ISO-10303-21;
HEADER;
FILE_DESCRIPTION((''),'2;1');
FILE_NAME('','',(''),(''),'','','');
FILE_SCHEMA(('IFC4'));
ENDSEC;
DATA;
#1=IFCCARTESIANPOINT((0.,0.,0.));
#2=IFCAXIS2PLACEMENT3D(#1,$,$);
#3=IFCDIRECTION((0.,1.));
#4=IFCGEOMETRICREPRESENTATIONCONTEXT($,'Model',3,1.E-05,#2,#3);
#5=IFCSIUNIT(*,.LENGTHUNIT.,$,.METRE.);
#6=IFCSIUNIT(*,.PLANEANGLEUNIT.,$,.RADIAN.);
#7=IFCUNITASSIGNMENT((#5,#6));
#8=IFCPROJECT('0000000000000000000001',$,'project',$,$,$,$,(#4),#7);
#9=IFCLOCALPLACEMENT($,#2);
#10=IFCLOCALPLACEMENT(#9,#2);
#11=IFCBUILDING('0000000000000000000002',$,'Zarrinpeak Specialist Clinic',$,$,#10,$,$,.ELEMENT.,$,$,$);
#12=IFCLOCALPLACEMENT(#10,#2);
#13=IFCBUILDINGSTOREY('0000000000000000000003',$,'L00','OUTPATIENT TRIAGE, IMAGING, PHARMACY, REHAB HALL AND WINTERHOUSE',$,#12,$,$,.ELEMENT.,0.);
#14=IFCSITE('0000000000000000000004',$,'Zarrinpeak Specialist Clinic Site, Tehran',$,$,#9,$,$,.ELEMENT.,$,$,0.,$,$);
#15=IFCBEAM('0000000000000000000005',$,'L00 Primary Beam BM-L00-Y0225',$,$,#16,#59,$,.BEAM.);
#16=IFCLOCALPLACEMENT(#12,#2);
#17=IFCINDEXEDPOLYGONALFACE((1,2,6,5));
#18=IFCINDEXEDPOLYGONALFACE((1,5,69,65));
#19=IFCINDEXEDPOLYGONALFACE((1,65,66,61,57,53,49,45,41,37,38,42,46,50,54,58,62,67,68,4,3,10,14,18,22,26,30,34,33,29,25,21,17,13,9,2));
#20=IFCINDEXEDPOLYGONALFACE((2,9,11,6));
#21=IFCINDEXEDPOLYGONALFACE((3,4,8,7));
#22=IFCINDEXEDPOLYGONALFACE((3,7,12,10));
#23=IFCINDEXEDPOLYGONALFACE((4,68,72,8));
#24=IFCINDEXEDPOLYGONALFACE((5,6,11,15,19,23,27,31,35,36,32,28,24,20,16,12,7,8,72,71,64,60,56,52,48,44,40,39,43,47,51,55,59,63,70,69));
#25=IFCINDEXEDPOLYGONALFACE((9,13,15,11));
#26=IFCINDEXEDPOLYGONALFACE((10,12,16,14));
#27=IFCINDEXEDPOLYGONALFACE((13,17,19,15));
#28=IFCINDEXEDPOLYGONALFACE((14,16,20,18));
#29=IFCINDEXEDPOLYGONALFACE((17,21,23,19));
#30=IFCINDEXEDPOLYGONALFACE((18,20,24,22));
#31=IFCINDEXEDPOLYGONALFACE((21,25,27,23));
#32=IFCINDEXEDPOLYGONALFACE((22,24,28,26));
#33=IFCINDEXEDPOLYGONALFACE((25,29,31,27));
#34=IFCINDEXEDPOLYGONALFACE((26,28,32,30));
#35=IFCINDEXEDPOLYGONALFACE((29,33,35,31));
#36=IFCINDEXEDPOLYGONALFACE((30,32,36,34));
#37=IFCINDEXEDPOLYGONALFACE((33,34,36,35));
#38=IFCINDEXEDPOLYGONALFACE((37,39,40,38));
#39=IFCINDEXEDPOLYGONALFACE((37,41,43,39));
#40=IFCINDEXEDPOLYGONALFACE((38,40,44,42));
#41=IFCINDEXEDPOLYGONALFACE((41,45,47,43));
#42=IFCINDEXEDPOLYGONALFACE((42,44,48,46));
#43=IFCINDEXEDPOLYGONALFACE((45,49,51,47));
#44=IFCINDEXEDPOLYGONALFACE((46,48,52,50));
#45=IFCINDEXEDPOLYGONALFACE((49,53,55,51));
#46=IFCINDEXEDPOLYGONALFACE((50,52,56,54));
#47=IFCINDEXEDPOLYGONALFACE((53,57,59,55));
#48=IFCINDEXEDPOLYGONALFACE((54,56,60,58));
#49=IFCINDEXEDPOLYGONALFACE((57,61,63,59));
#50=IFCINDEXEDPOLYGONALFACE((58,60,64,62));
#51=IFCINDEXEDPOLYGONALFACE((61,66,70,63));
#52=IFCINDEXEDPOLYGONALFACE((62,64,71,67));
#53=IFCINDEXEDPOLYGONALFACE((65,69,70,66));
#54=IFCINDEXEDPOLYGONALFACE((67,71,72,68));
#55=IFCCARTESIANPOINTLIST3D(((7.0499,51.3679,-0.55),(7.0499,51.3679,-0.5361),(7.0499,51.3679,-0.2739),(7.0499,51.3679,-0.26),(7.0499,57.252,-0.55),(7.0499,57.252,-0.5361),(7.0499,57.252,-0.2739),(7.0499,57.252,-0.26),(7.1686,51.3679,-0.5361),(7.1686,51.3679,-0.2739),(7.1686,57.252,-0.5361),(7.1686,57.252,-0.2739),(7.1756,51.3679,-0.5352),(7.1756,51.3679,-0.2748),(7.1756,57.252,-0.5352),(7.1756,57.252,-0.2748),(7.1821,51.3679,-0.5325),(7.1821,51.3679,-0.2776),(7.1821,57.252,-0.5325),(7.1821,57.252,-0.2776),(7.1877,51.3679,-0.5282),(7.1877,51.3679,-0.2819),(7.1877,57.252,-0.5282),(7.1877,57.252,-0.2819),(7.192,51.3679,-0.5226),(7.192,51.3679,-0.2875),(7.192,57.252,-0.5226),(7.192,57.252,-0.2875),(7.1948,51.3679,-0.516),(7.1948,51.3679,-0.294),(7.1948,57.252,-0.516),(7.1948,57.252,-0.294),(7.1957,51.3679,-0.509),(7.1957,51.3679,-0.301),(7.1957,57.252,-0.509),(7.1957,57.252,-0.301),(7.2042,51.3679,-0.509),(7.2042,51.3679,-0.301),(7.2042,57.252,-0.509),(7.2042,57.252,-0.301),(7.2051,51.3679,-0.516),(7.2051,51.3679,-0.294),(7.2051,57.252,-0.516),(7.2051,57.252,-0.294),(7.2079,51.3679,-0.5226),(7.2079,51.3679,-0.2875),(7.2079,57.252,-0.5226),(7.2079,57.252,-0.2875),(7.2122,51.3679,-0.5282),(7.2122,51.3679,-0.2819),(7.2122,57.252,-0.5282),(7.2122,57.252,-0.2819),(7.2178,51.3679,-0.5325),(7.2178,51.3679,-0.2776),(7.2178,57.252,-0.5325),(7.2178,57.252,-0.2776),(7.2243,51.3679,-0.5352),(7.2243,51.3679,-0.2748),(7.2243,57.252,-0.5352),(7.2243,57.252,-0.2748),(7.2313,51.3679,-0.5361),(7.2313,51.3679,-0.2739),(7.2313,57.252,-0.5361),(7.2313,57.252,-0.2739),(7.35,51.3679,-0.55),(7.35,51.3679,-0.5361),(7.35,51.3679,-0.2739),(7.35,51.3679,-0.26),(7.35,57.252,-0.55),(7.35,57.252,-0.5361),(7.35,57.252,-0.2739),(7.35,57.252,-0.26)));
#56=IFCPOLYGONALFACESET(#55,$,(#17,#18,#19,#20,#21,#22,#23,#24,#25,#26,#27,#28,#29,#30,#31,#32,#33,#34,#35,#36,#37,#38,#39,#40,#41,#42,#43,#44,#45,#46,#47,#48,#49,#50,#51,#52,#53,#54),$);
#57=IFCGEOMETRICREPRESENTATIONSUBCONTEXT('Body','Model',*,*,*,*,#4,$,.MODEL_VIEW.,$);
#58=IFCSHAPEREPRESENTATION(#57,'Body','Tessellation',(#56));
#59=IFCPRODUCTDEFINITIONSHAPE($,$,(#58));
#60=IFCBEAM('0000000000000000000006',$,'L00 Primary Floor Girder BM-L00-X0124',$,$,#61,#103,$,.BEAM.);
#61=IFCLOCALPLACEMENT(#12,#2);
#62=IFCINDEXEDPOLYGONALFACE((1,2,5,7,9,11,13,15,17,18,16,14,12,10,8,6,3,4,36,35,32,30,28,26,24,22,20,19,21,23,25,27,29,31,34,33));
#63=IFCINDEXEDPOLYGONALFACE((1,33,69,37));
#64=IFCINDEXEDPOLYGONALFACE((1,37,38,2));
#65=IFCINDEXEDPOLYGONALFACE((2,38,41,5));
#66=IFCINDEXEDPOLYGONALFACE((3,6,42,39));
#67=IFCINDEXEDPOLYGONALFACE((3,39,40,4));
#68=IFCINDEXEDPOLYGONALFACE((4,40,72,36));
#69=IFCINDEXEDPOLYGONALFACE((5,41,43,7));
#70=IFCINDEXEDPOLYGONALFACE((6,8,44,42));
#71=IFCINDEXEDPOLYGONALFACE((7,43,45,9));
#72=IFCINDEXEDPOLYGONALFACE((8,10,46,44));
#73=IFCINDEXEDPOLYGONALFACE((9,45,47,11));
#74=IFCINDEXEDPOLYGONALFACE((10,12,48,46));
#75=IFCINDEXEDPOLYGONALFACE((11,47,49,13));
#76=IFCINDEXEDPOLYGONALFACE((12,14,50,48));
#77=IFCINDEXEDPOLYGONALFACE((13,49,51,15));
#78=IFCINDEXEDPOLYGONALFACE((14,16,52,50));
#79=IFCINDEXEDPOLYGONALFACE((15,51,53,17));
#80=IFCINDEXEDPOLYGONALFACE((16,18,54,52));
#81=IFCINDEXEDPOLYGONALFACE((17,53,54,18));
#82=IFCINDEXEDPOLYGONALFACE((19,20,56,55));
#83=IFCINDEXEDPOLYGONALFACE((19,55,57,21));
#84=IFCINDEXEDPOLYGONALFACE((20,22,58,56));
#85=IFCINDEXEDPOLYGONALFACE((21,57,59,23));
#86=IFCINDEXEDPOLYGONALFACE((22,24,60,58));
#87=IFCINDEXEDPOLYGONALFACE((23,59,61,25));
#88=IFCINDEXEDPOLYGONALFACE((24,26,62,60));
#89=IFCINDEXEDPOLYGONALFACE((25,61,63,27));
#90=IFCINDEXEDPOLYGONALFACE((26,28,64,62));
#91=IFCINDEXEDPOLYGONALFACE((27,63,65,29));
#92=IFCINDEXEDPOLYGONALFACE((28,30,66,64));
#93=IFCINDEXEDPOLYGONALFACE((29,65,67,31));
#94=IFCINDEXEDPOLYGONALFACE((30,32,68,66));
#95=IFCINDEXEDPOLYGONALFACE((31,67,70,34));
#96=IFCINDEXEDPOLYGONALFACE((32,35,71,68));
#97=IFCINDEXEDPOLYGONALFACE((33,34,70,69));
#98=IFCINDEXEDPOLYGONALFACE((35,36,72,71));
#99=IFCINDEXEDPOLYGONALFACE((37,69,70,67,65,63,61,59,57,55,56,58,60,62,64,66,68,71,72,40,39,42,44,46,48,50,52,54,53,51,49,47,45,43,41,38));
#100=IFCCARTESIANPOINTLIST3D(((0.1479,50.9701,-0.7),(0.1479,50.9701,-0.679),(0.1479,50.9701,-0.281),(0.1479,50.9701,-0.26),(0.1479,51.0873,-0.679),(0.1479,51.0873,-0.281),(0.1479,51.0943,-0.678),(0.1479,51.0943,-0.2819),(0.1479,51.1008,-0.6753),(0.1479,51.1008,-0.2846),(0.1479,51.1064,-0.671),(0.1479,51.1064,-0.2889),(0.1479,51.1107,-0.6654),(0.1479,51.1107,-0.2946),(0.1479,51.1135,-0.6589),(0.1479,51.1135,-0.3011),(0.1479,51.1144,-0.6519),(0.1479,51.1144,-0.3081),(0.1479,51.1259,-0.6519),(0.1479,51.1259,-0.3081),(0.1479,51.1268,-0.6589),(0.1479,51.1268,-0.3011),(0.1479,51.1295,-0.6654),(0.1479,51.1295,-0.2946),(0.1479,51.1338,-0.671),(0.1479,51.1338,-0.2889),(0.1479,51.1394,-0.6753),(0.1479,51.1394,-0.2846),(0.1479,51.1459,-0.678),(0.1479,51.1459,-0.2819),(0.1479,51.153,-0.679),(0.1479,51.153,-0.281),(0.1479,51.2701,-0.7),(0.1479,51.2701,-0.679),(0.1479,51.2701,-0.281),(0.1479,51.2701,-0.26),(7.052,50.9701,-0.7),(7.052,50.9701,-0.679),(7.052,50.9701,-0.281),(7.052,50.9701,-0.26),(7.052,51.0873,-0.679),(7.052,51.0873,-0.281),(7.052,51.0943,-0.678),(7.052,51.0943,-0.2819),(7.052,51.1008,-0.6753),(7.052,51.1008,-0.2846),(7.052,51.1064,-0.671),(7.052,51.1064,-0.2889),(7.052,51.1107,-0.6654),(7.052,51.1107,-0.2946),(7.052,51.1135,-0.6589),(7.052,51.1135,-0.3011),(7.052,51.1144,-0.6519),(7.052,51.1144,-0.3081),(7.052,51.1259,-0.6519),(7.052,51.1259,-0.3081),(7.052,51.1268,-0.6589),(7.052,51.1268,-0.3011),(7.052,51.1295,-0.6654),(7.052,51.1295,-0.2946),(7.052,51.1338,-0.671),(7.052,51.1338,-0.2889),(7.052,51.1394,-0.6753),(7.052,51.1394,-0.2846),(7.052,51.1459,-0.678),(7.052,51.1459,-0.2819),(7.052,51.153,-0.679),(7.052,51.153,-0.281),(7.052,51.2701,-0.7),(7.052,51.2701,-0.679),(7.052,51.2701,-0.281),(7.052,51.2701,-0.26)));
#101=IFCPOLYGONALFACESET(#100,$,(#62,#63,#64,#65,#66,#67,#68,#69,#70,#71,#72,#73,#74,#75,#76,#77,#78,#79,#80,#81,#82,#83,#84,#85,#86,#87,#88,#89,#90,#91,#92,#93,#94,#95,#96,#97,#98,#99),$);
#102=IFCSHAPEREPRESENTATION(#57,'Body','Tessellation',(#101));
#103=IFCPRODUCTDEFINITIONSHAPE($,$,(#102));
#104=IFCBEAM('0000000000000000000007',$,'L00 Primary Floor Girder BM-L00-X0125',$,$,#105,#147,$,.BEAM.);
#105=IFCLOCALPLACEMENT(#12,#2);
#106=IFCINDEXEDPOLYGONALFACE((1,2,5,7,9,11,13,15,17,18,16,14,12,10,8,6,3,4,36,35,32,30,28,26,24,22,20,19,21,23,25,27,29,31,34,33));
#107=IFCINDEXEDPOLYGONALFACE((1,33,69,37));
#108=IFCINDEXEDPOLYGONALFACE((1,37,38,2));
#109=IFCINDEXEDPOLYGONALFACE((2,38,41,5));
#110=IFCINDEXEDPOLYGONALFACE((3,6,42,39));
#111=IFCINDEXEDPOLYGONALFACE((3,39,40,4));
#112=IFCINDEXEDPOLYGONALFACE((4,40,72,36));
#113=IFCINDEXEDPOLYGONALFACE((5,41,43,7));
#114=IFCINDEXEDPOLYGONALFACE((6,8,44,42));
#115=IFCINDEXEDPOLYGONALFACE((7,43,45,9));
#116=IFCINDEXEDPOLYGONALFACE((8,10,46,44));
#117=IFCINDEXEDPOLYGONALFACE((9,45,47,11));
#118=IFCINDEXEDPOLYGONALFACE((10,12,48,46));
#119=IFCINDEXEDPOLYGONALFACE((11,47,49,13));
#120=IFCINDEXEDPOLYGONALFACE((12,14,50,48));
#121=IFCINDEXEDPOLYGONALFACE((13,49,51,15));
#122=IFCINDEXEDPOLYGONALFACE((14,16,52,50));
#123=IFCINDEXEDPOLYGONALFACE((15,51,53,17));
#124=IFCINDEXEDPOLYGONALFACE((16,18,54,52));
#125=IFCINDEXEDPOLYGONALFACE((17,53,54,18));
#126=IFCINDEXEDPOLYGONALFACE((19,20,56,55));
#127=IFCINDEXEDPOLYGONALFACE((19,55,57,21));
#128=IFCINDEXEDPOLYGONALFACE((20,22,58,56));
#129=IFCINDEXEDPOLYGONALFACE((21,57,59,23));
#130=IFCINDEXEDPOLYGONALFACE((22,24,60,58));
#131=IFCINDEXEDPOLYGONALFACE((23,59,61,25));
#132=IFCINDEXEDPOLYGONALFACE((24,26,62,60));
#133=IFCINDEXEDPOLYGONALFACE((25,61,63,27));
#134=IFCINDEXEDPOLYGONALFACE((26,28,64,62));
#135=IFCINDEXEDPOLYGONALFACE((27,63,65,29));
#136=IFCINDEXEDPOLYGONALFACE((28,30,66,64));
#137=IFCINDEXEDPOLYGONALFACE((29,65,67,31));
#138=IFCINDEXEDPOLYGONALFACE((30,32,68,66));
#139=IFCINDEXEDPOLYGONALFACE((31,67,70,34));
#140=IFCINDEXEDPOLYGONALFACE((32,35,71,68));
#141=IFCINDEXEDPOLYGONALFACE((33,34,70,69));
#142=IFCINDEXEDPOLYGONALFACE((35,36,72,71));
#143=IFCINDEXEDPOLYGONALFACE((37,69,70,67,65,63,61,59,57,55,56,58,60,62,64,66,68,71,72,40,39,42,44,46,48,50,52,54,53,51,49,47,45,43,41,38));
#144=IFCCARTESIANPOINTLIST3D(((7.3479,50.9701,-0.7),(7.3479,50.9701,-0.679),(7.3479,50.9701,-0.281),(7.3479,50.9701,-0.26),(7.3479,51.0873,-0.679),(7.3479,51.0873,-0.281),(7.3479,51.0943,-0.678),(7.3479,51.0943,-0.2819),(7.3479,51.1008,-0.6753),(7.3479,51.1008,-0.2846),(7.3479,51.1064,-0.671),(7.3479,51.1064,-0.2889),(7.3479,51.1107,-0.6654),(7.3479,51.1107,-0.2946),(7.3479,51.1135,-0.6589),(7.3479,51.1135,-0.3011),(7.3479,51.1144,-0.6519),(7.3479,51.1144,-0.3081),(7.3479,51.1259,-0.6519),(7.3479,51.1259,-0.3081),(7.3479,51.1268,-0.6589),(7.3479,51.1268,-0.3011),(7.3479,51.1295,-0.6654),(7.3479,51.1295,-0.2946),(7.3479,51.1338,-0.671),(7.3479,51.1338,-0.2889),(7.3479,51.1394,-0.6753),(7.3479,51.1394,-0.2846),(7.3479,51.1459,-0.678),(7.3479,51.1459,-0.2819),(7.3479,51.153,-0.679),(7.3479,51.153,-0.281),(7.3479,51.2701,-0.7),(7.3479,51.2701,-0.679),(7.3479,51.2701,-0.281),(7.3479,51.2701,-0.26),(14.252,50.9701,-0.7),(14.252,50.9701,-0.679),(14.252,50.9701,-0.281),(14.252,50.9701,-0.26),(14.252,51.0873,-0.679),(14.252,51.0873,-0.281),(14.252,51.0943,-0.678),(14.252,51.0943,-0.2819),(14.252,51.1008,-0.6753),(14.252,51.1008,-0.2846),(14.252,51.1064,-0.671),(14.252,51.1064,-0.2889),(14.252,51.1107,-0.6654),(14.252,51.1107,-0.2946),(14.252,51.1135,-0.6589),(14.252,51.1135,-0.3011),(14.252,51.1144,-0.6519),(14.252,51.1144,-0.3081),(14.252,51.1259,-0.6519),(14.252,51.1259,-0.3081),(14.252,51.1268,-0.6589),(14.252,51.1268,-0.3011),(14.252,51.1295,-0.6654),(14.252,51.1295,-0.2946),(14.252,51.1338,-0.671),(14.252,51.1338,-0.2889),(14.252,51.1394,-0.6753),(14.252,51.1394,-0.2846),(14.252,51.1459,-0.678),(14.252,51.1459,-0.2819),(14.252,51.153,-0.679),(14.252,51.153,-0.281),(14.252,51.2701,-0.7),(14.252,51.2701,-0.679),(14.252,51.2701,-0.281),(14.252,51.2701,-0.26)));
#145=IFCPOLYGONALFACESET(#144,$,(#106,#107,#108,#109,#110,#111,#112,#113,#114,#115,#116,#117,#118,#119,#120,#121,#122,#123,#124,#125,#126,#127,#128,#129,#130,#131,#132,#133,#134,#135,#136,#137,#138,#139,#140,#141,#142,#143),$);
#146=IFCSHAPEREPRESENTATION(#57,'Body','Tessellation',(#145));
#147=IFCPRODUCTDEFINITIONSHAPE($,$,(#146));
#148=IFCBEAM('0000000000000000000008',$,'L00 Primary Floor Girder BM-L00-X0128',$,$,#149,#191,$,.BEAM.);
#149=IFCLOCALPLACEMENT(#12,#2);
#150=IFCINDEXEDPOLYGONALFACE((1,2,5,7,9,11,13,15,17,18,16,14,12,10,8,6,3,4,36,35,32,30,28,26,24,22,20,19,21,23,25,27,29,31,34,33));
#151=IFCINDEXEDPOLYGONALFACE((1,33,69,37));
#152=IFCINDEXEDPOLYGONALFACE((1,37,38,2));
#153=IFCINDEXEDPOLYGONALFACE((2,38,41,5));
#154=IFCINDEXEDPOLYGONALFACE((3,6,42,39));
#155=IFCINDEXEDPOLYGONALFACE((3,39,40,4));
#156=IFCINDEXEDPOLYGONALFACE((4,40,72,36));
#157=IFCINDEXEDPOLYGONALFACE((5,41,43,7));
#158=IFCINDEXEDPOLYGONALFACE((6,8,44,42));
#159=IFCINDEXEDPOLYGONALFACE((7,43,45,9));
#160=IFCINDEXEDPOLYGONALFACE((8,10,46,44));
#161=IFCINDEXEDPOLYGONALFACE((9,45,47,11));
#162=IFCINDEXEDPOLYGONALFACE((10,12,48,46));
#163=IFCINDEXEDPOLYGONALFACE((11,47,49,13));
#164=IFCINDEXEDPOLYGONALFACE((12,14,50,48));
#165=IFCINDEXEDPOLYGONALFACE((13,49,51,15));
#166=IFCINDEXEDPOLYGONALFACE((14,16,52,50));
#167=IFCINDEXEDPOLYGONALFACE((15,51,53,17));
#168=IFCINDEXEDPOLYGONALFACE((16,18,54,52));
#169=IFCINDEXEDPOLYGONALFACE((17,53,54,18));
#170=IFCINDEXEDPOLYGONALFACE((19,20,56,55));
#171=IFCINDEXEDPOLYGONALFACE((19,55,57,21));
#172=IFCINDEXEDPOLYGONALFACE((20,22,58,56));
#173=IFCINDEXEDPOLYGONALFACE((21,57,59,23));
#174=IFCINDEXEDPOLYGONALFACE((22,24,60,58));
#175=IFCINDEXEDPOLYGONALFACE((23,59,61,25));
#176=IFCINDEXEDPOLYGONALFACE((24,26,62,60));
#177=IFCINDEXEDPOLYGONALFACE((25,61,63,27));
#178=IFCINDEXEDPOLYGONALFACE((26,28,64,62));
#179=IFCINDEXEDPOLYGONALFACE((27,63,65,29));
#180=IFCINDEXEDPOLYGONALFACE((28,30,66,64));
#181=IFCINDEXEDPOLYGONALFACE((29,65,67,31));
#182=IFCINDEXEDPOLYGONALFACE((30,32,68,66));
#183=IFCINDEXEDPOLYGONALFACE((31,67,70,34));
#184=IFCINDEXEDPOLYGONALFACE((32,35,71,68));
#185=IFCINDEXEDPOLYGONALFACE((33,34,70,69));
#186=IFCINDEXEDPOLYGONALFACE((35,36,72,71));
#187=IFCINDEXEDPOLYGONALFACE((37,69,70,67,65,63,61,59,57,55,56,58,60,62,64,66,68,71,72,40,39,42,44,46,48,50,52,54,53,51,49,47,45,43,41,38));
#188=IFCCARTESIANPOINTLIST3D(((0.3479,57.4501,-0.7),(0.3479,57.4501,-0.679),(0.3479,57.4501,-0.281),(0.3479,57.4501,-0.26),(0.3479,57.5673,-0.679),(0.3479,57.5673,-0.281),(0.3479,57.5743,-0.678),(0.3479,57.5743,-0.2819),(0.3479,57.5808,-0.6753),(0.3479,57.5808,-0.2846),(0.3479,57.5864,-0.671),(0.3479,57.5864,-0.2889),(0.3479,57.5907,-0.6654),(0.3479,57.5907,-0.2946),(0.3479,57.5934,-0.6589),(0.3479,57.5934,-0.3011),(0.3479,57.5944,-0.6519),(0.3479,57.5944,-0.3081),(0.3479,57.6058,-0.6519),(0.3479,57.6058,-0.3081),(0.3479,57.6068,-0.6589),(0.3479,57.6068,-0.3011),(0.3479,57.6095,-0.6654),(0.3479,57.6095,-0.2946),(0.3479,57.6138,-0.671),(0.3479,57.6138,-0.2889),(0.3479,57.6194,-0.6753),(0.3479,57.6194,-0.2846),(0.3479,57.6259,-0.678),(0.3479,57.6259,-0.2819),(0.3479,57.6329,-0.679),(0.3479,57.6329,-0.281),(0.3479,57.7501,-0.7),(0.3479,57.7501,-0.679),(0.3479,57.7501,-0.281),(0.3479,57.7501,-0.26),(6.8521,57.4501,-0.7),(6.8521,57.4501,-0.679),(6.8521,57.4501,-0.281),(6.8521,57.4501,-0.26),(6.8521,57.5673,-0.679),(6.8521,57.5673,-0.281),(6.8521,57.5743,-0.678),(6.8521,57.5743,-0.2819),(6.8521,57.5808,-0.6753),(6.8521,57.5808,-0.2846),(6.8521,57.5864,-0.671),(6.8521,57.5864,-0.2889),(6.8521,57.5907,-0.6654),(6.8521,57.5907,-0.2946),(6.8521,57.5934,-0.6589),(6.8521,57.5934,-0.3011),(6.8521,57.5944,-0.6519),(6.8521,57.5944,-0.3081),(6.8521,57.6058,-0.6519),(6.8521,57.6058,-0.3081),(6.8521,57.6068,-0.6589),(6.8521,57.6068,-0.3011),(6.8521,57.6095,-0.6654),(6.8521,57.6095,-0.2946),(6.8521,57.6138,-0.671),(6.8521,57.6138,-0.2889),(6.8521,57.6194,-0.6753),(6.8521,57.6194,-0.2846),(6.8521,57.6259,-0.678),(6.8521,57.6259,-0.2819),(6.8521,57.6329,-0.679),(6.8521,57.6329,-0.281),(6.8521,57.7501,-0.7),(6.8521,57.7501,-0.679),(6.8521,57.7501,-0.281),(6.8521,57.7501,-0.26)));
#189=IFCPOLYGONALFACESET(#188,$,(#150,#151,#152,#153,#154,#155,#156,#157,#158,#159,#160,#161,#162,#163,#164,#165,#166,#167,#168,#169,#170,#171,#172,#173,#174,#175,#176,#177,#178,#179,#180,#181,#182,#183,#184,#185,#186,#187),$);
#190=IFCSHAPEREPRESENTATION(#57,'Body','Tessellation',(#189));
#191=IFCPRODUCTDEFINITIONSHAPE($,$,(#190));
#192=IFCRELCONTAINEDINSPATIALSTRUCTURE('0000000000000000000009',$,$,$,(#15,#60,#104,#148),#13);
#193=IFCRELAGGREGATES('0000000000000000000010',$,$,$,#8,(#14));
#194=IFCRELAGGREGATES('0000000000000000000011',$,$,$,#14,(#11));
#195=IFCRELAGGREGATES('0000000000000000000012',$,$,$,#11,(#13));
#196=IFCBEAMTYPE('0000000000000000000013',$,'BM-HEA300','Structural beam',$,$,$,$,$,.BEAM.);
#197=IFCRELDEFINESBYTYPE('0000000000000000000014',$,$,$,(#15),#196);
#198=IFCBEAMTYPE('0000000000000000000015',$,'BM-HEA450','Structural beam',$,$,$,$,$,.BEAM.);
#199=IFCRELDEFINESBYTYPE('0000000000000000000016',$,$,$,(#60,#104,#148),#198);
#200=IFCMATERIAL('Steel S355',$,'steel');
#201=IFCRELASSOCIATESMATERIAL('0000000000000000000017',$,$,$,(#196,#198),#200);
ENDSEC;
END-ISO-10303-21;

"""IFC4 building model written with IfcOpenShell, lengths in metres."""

from ifc_helpers import new_model, si_unit, direction, frame, origin, origin_2d, place, context, subcontext, project, spatial, i_section, extrude, material, material_profile, profile_set, type_object, element, save


model = new_model("IFC4")

# Units and contexts
model_context = context("Model", 3, precision=1e-05, world=origin(), true_north=direction((0.0, 1.0)))
body_context = subcontext(model_context, "Body", "Model", "MODEL_VIEW")
ifc_project = project(units=[si_unit("LENGTHUNIT", "METRE"), si_unit("PLANEANGLEUNIT", "RADIAN")], contexts=[model_context])

# Site, building, storey
site_placement = place(None, origin())
site = spatial("IfcSite", under=ifc_project, at=site_placement, Name="Zarrinpeak Specialist Clinic Site, Tehran", CompositionType="ELEMENT", RefElevation=0.0)
building_placement = place(site_placement, origin())
building = spatial("IfcBuilding", under=site, at=building_placement, Name="Zarrinpeak Specialist Clinic", CompositionType="ELEMENT")
storey_placement = place(building_placement, origin())
storey = spatial("IfcBuildingStorey", under=building, at=storey_placement, Name="L00", Description="OUTPATIENT TRIAGE, IMAGING, PHARMACY, REHAB HALL AND WINTERHOUSE", CompositionType="ELEMENT", Elevation=0.0)

# Shared definitions
ifc_material_1 = material(Name="Steel S355", Category="steel")

# Beams
ifc_material_profile_1 = material_profile(ifc_material_1, i_section(OverallWidth=0.3, OverallDepth=0.29, WebThickness=0.0085, FlangeThickness=0.0139, FilletRadius=0.0271, at=origin_2d()), Name="HEA 300")
ifc_profile_set_1 = profile_set([ifc_material_profile_1], Name="Steel S355")
beam_type_1 = type_object("IfcBeamType", Name="BM-HEA300", Description="Structural beam", PredefinedType="BEAM", material=ifc_profile_set_1)
beam_1_placement = place(storey_placement, frame((7.2, 51.3679, -0.405), z_axis=(0.0, 1.0, 0.0), x_axis=(-1.0, 0.0, 0.0)))
element("IfcBeam", 1, at=beam_1_placement, inside=storey, type_object=beam_type_1, Name="L00 Primary Beam BM-L00-Y0225", PredefinedType="BEAM", context=body_context, shape_type="SweptSolid", body=[
    extrude(i_section(OverallWidth=0.3, OverallDepth=0.29, WebThickness=0.0085, FlangeThickness=0.0139, FilletRadius=0.0271, at=origin_2d()), origin(), (0.0, 0.0, 1.0), 5.884),
])
ifc_material_profile_2 = material_profile(ifc_material_1, i_section(OverallWidth=0.3, OverallDepth=0.4399, WebThickness=0.0115, FlangeThickness=0.021, FilletRadius=0.0271, at=origin_2d()), Name="HEA 450")
ifc_profile_set_2 = profile_set([ifc_material_profile_2], Name="Steel S355")
beam_type_2 = type_object("IfcBeamType", Name="BM-HEA450", Description="Structural beam", PredefinedType="BEAM", material=ifc_profile_set_2)
for number, where, z_axis, x_axis, name in (
    (2, (0.1479, 51.1201, -0.48), (1.0, 0.0, 0.0), (0.0, 1.0, 0.0), "L00 Primary Floor Girder BM-L00-X0124"),
    (3, (7.3479, 51.1201, -0.48), (1.0, 0.0, 0.0), (0.0, 1.0, 0.0), "L00 Primary Floor Girder BM-L00-X0125"),
):
    element("IfcBeam", number, at=place(storey_placement, frame(where, z_axis=z_axis, x_axis=x_axis)), inside=storey, type_object=beam_type_2, Name=name, PredefinedType="BEAM", context=body_context, shape_type="SweptSolid", body=[
        extrude(i_section(OverallWidth=0.3, OverallDepth=0.4399, WebThickness=0.0115, FlangeThickness=0.021, FilletRadius=0.0271, at=origin_2d()), origin(), (0.0, 0.0, 1.0), 6.9041),
    ])
beam_2_placement = place(storey_placement, frame((0.3479, 57.6001, -0.48), z_axis=(1.0, 0.0, 0.0), x_axis=(0.0, 1.0, 0.0)))
element("IfcBeam", 4, at=beam_2_placement, inside=storey, type_object=beam_type_2, Name="L00 Primary Floor Girder BM-L00-X0128", PredefinedType="BEAM", context=body_context, shape_type="SweptSolid", body=[
    extrude(i_section(OverallWidth=0.3, OverallDepth=0.4399, WebThickness=0.0115, FlangeThickness=0.021, FilletRadius=0.0271, at=origin_2d()), origin(), (0.0, 0.0, 1.0), 6.5042),
])

save(model, "model.ifc")
